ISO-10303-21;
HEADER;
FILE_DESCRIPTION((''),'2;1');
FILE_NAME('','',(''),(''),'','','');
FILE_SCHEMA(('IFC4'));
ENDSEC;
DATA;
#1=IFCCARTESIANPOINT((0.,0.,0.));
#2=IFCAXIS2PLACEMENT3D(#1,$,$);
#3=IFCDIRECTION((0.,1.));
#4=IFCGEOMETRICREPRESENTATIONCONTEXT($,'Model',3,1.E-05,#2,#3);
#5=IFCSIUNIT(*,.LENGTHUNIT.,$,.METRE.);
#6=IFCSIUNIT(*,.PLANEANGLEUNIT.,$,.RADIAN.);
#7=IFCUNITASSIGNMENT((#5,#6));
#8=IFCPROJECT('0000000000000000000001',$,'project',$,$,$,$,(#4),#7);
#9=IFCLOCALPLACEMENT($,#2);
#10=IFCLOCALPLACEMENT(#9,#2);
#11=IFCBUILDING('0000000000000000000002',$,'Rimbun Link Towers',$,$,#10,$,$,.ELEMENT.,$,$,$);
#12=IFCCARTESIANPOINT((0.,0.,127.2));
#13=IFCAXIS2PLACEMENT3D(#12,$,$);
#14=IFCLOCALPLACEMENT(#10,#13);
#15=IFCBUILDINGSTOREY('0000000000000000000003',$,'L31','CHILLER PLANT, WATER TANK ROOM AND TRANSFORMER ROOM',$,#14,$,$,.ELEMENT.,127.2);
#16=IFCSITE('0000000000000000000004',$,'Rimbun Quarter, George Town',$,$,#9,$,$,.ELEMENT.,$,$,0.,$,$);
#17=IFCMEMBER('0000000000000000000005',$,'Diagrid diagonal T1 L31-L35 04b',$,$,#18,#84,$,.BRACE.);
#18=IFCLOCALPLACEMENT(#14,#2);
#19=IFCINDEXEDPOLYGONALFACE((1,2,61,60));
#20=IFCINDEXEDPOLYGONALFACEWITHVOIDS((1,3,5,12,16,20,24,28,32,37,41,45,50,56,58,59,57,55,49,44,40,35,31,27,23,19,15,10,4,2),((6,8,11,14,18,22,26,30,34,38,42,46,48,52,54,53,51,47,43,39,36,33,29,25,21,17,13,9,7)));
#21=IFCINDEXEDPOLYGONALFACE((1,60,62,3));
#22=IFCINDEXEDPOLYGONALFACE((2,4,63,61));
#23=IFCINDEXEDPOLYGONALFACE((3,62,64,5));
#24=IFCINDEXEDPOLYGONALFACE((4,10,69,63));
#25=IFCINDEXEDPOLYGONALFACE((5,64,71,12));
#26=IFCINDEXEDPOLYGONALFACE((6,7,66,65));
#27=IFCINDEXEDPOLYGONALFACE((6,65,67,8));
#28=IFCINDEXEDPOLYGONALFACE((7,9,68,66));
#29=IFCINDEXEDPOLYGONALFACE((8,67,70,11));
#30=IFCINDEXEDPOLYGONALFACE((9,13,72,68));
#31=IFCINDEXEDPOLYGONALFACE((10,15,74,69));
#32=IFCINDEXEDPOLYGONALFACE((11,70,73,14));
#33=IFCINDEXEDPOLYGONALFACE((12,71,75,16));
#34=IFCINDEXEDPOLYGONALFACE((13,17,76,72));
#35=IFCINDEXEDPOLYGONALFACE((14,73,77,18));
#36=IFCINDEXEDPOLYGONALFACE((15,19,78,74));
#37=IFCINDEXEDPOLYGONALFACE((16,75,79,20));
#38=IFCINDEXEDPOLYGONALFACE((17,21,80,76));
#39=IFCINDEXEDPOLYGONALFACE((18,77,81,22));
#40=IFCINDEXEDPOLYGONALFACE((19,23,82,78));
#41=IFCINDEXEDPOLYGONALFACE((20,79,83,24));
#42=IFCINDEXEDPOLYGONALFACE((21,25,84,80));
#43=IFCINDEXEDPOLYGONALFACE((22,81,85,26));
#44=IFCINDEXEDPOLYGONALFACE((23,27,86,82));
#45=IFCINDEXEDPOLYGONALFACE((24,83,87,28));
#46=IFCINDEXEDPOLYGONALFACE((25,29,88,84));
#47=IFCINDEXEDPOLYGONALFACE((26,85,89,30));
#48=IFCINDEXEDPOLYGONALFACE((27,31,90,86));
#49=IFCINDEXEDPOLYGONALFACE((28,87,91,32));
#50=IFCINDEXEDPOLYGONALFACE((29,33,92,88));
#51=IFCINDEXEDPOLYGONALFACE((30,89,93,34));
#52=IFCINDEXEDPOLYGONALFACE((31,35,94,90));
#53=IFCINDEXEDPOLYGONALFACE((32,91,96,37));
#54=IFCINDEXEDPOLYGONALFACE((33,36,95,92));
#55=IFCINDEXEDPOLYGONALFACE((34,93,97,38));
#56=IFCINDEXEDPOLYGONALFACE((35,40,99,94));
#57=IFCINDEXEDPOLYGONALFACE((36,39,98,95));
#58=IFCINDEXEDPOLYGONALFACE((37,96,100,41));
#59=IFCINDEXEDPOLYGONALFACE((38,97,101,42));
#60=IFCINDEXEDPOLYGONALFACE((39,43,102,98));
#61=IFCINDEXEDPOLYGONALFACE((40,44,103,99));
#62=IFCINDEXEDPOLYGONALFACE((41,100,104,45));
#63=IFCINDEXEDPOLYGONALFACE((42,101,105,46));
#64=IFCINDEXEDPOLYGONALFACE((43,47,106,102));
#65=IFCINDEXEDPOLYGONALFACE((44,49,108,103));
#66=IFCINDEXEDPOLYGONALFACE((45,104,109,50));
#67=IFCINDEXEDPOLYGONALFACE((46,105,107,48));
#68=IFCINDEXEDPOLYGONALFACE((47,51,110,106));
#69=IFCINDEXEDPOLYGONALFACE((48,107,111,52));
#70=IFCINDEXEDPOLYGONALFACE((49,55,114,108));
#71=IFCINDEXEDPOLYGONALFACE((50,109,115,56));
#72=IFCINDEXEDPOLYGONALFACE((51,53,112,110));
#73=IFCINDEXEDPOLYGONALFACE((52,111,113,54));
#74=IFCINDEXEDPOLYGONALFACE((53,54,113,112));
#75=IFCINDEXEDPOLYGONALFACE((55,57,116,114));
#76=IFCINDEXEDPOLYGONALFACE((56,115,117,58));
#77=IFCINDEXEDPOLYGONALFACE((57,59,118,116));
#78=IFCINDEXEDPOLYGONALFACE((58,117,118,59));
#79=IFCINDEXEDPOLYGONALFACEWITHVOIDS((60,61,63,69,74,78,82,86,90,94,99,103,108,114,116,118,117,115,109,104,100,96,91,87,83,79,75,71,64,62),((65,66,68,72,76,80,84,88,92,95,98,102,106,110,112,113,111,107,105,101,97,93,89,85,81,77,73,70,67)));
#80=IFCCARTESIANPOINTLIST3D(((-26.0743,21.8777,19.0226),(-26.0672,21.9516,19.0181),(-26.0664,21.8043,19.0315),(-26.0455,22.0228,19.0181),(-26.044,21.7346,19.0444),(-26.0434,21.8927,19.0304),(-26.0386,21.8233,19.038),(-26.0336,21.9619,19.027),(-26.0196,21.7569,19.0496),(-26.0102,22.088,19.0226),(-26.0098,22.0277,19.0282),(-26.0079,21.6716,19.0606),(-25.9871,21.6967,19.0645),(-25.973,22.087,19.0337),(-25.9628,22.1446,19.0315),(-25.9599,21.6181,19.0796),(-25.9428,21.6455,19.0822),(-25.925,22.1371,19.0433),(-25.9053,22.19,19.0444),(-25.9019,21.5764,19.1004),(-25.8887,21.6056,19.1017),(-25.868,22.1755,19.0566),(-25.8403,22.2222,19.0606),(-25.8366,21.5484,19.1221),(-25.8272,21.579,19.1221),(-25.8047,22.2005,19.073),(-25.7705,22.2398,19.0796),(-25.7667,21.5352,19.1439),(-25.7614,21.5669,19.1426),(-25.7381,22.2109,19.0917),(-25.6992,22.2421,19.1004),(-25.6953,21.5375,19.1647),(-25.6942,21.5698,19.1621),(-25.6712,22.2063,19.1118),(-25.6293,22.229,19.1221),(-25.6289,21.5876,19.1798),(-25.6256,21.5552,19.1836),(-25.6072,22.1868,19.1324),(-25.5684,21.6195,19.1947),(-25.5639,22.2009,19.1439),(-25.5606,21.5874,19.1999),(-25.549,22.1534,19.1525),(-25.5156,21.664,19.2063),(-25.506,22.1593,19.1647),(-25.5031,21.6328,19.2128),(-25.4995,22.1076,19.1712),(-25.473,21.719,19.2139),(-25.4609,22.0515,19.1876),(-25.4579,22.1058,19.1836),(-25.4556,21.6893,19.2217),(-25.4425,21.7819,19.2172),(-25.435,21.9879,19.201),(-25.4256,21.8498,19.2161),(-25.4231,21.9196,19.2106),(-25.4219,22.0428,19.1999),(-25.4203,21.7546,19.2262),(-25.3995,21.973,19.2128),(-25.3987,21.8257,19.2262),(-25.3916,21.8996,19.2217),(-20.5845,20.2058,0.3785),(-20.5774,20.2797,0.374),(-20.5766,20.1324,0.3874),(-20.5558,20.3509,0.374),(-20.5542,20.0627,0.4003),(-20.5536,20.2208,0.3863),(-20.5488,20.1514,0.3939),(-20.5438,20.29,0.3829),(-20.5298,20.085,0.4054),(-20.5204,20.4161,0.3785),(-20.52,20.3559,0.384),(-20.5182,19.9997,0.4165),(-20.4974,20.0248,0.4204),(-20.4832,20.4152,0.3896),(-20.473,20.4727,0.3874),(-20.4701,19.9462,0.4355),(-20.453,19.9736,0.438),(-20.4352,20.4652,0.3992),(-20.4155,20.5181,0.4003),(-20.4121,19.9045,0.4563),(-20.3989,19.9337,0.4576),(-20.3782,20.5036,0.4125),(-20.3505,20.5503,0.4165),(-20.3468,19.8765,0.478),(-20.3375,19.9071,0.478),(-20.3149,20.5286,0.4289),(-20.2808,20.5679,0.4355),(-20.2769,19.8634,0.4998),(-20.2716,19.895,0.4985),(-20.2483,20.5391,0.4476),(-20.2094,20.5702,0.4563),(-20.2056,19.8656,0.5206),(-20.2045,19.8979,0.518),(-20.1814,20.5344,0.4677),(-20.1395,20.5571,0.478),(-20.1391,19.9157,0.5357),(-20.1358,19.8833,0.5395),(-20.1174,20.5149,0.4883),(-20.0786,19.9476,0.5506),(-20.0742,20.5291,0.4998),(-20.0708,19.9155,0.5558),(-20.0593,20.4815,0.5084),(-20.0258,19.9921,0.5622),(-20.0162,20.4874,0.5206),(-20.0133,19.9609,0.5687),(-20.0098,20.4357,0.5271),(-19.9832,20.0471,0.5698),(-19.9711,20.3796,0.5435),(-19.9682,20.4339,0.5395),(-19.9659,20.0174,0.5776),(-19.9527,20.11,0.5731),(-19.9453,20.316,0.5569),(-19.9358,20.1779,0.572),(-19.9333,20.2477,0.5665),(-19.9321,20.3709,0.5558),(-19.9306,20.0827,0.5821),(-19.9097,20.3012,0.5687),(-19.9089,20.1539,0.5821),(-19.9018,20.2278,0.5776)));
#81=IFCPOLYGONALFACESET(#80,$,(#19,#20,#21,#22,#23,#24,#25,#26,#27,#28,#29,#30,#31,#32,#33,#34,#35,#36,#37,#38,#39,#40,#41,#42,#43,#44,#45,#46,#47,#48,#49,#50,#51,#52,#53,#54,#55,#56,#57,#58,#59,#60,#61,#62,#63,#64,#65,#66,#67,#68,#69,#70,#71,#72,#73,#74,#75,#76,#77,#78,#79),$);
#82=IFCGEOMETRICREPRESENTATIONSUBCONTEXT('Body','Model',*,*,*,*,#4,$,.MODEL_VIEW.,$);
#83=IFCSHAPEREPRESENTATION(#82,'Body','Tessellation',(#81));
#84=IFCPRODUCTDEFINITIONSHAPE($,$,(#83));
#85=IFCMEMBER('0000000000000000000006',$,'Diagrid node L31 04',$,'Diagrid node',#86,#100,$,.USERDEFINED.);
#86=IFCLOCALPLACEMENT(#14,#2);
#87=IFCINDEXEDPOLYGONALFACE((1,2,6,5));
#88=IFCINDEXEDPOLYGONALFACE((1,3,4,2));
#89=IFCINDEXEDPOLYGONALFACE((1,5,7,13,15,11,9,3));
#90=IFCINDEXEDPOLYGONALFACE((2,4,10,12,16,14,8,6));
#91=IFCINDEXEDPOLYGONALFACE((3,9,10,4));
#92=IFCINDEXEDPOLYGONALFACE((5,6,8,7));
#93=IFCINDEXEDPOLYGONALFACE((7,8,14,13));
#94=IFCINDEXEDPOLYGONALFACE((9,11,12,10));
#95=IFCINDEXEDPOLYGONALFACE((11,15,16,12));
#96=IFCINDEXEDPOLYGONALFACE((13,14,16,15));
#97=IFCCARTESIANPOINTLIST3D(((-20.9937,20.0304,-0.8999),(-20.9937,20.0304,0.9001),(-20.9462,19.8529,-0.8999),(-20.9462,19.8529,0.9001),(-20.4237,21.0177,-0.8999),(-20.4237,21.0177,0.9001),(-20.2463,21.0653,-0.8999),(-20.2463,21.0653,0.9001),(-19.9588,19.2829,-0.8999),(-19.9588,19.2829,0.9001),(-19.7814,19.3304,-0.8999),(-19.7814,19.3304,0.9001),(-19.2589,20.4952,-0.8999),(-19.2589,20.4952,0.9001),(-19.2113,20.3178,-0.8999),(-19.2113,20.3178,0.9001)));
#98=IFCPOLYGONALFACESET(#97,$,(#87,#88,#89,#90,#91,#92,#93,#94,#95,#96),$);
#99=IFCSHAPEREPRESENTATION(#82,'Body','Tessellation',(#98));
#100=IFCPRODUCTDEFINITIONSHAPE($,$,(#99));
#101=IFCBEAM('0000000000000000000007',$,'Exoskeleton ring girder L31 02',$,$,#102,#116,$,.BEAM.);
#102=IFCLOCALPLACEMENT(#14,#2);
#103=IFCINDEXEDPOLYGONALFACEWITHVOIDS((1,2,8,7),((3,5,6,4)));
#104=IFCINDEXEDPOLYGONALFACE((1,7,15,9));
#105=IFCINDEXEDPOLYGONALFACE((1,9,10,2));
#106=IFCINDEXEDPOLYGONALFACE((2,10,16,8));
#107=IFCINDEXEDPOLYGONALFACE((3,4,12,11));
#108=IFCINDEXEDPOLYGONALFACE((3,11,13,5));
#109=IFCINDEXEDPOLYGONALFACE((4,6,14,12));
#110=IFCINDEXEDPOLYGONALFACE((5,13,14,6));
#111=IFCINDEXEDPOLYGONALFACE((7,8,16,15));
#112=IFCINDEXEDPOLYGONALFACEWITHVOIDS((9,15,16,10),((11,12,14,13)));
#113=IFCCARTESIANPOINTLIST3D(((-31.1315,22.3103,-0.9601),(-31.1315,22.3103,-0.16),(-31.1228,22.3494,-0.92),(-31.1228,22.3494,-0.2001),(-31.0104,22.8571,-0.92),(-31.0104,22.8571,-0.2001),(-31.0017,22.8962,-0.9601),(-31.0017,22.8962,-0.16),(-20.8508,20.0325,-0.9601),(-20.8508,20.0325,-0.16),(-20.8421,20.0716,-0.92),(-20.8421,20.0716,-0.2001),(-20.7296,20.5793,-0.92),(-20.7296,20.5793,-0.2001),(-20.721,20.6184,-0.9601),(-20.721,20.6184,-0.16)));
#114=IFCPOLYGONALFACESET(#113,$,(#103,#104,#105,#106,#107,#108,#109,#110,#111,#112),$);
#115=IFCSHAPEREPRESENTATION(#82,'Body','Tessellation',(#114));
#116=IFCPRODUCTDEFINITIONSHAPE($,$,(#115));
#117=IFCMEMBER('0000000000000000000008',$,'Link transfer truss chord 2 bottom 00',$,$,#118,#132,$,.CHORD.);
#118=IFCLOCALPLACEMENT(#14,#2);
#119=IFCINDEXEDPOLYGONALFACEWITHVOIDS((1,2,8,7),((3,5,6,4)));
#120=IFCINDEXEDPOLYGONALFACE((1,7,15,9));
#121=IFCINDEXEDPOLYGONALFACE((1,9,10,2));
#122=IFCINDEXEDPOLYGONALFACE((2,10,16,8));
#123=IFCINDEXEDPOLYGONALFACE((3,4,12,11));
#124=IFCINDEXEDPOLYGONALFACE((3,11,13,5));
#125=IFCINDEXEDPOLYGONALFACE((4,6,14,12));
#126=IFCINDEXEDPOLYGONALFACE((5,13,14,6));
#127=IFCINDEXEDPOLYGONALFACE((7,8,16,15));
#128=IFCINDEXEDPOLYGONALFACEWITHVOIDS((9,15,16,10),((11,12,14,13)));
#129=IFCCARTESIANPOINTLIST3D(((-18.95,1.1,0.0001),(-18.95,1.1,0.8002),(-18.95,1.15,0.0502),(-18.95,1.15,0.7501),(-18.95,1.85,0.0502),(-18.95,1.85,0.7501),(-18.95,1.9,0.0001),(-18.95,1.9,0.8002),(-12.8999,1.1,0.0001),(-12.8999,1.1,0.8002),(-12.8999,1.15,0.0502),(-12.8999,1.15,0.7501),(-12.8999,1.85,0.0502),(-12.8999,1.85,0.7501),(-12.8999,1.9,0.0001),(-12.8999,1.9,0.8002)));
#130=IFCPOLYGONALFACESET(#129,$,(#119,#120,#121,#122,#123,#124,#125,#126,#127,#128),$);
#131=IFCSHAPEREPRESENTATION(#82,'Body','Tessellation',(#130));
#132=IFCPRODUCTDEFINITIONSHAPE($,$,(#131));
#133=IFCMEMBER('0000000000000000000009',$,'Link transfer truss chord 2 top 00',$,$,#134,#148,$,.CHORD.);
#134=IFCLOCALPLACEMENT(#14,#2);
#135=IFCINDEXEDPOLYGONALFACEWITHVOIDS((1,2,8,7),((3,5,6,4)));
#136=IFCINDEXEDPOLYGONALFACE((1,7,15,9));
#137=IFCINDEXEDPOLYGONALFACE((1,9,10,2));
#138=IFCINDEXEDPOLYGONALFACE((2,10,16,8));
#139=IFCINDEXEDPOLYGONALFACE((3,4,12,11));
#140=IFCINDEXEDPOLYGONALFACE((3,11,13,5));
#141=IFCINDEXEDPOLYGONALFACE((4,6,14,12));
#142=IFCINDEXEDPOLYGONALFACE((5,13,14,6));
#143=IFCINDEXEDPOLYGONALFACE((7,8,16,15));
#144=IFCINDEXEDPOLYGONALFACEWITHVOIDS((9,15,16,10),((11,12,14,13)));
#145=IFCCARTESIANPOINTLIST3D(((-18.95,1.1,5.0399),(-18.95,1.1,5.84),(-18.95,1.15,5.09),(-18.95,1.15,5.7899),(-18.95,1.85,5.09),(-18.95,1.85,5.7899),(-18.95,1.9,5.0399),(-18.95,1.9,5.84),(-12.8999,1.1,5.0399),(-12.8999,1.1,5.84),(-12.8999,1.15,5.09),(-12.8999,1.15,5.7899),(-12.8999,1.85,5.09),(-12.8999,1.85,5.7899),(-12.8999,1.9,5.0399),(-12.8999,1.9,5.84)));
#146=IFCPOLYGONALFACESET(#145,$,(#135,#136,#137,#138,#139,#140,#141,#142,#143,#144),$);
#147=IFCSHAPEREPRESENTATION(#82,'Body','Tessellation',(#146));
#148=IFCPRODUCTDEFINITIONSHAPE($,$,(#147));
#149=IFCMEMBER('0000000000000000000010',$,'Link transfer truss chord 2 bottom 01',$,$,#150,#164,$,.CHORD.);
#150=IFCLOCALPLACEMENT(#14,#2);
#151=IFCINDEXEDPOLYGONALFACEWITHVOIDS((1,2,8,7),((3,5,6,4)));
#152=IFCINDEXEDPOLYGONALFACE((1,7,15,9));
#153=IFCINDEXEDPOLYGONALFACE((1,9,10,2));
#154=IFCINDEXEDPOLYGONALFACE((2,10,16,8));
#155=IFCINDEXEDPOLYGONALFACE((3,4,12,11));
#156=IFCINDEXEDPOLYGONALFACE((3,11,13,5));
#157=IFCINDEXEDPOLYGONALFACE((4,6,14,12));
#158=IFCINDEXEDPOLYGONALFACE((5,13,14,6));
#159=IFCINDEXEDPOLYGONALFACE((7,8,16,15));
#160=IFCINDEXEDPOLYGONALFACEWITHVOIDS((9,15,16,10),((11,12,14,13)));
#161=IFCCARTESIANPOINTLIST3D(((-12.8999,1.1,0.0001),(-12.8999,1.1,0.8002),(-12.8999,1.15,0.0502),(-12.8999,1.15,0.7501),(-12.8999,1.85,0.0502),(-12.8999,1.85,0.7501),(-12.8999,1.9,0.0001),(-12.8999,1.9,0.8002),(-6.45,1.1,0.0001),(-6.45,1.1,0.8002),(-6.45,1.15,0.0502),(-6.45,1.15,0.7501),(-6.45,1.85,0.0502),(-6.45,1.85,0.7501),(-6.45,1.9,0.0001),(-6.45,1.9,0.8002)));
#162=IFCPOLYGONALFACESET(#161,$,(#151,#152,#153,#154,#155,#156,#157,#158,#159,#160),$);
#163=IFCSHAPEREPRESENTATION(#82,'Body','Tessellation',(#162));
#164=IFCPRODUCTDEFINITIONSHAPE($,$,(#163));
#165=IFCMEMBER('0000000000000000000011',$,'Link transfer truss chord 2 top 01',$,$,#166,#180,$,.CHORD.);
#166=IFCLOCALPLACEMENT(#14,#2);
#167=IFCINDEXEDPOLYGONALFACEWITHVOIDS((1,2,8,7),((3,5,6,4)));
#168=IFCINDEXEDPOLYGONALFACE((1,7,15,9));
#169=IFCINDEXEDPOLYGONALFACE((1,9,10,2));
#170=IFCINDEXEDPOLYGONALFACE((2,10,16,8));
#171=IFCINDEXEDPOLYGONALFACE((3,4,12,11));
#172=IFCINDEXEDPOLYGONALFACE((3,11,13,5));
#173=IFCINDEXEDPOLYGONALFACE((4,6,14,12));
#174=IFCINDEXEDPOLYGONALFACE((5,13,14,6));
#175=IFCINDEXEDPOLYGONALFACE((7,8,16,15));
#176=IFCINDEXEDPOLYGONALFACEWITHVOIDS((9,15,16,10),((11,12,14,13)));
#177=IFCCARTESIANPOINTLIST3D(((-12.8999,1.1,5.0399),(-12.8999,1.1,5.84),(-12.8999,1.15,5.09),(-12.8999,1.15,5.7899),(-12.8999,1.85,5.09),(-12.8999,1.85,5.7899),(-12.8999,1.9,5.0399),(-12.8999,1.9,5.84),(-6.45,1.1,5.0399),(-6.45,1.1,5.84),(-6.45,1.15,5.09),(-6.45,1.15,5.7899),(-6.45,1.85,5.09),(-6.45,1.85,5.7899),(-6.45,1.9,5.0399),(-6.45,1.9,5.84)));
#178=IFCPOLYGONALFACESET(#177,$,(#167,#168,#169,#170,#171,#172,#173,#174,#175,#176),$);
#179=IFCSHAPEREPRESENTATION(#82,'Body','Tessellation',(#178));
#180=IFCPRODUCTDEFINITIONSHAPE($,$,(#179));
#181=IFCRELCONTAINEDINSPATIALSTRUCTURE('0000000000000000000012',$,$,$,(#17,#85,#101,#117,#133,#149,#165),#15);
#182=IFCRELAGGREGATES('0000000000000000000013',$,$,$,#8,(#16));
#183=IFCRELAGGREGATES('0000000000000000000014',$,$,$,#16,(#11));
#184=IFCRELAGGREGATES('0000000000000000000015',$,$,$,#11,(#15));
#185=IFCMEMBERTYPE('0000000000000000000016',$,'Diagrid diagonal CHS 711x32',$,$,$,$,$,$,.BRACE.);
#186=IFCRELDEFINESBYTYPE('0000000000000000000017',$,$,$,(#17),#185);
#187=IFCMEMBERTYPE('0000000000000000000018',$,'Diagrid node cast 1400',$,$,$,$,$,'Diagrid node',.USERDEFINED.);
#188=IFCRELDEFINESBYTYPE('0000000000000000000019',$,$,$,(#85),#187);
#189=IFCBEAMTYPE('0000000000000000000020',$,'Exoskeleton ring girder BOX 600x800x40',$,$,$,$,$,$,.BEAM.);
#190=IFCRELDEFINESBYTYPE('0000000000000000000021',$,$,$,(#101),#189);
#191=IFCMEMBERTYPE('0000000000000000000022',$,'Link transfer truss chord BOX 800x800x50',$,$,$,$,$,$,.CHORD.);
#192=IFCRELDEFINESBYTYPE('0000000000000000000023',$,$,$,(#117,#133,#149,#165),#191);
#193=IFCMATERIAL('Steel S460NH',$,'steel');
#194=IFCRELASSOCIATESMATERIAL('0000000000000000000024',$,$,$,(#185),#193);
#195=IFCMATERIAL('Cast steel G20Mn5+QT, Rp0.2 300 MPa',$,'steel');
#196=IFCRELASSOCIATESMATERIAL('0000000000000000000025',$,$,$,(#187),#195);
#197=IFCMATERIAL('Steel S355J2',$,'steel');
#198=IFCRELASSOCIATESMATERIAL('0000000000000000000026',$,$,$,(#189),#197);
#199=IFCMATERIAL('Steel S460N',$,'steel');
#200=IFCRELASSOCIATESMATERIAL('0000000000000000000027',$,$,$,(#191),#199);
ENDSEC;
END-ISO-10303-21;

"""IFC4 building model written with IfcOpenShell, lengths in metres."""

from ifc_helpers import new_model, si_unit, direction, frame, origin, origin_2d, place, context, subcontext, project, spatial, polyline, hollow_rectangle, hollow_circle, outline, extrude, material, material_profile, profile_set, type_object, element, save


model = new_model("IFC4")

# Units and contexts
model_context = context("Model", 3, precision=1e-05, world=origin(), true_north=direction((0.0, 1.0)))
body_context = subcontext(model_context, "Body", "Model", "MODEL_VIEW")
ifc_project = project(units=[si_unit("LENGTHUNIT", "METRE"), si_unit("PLANEANGLEUNIT", "RADIAN")], contexts=[model_context])

# Site, building, storey
site_placement = place(None, origin())
site = spatial("IfcSite", under=ifc_project, at=site_placement, Name="Rimbun Quarter, George Town", CompositionType="ELEMENT", RefElevation=0.0)
building_placement = place(site_placement, origin())
building = spatial("IfcBuilding", under=site, at=building_placement, Name="Rimbun Link Towers", CompositionType="ELEMENT")
storey_placement = place(building_placement, frame((0.0, 0.0, 127.2)))
storey = spatial("IfcBuildingStorey", under=building, at=storey_placement, Name="L31", Description="CHILLER PLANT, WATER TANK ROOM AND TRANSFORMER ROOM", CompositionType="ELEMENT", Elevation=127.2)

# Members
ifc_material_1 = material(Name="Steel S460NH", Category="steel")
ifc_material_profile_1 = material_profile(ifc_material_1, hollow_circle(Radius=0.3557, WallThickness=0.032, at=origin_2d()), Name="Diagrid diagonal CHS 711x32")
ifc_profile_set_1 = profile_set([ifc_material_profile_1], Name="Steel S460NH")
member_type_1 = type_object("IfcMemberType", Name="Diagrid diagonal CHS 711x32", PredefinedType="BRACE", material=ifc_profile_set_1)
member_1_placement = place(storey_placement, frame((-20.2432, 20.2168, 0.478), z_axis=(-0.281421, 0.085705, 0.955749), x_axis=(-0.291334, -0.956621, 0.0)))
element("IfcMember", 1, at=member_1_placement, inside=storey, type_object=member_type_1, Name="Diagrid diagonal T1 L31-L35 04b", PredefinedType="BRACE", context=body_context, shape_type="SweptSolid", body=[
    extrude(hollow_circle(Radius=0.3557, WallThickness=0.032, at=origin_2d()), origin(), (0.0, 0.0, 1.0), 19.5073),
])
ifc_material_2 = material(Name="Cast steel G20Mn5+QT, Rp0.2 300 MPa", Category="steel")
ifc_material_profile_2 = material_profile(ifc_material_2, outline(polyline([(0.7, -0.5701), (0.7, 0.5701), (0.5701, 0.7), (-0.5701, 0.7), (-0.7, 0.5701), (-0.7, -0.5701), (-0.5701, -0.7), (0.5701, -0.7), (0.7, -0.5701)])), Name="NODE 1400x1400")
ifc_profile_set_2 = profile_set([ifc_material_profile_2], Name="Cast steel G20Mn5+QT, Rp0.2 300 MPa")
member_type_2 = type_object("IfcMemberType", Name="Diagrid node cast 1400", ElementType="Diagrid node", PredefinedType="USERDEFINED", material=ifc_profile_set_2)
member_2_placement = place(storey_placement, frame((-20.1025, 20.1741, -0.8999), z_axis=(0.0, 0.0, 1.0), x_axis=(0.5, 0.866025, 0.0)))
element("IfcMember", 2, at=member_2_placement, inside=storey, type_object=member_type_2, Name="Diagrid node L31 04", ObjectType="Diagrid node", PredefinedType="USERDEFINED", context=body_context, shape_type="SweptSolid", body=[
    extrude(outline(polyline([(0.7, -0.5701), (0.7, 0.5701), (0.5701, 0.7), (-0.5701, 0.7), (-0.7, 0.5701), (-0.7, -0.5701), (-0.5701, -0.7), (0.5701, -0.7), (0.7, -0.5701)])), origin(), (0.0, 0.0, 1.0), 1.8),
])

# Beam
ifc_material_3 = material(Name="Steel S355J2", Category="steel")
ifc_material_profile_3 = material_profile(ifc_material_3, hollow_rectangle(XDim=0.6001, YDim=0.8, WallThickness=0.04, at=origin_2d()), Name="Exoskeleton ring girder BOX 600x800x40")
ifc_profile_set_3 = profile_set([ifc_material_profile_3], Name="Steel S355J2")
beam_type_1 = type_object("IfcBeamType", Name="Exoskeleton ring girder BOX 600x800x40", PredefinedType="BEAM", material=ifc_profile_set_3)
beam_1_placement = place(storey_placement, frame((-20.7859, 20.3254, -0.5601), z_axis=(-0.976323, 0.216317, 0.0), x_axis=(-0.216317, -0.976323, 0.0)))
element("IfcBeam", 3, at=beam_1_placement, inside=storey, type_object=beam_type_1, Name="Exoskeleton ring girder L31 02", PredefinedType="BEAM", context=body_context, shape_type="SweptSolid", body=[
    extrude(hollow_rectangle(XDim=0.6001, YDim=0.8, WallThickness=0.04, at=origin_2d()), origin(), (0.0, 0.0, 1.0), 10.53),
])

# Members
ifc_material_4 = material(Name="Steel S460N", Category="steel")
ifc_material_profile_4 = material_profile(ifc_material_4, hollow_rectangle(XDim=0.8, YDim=0.8, WallThickness=0.05, at=origin_2d()), Name="Link transfer truss chord BOX 800x800x50")
ifc_profile_set_4 = profile_set([ifc_material_profile_4], Name="Steel S460N")
member_type_3 = type_object("IfcMemberType", Name="Link transfer truss chord BOX 800x800x50", PredefinedType="CHORD", material=ifc_profile_set_4)
for number, where, z_axis, x_axis, name in (
    (4, (-18.95, 1.5, 0.4001), (1.0, 0.0, 0.0), (0.0, 1.0, 0.0), "Link transfer truss chord 2 bottom 00"),
    (5, (-18.95, 1.5, 5.4399), (1.0, 0.0, 0.0), (0.0, 1.0, 0.0), "Link transfer truss chord 2 top 00"),
):
    element("IfcMember", number, at=place(storey_placement, frame(where, z_axis=z_axis, x_axis=x_axis)), inside=storey, type_object=member_type_3, Name=name, PredefinedType="CHORD", context=body_context, shape_type="SweptSolid", body=[
        extrude(hollow_rectangle(XDim=0.8, YDim=0.8, WallThickness=0.05, at=origin_2d()), origin(), (0.0, 0.0, 1.0), 6.05),
    ])
for number, where, z_axis, x_axis, name in (
    (6, (-12.8999, 1.5, 0.4001), (1.0, 0.0, 0.0), (0.0, 1.0, 0.0), "Link transfer truss chord 2 bottom 01"),
    (7, (-12.8999, 1.5, 5.4399), (1.0, 0.0, 0.0), (0.0, 1.0, 0.0), "Link transfer truss chord 2 top 01"),
):
    element("IfcMember", number, at=place(storey_placement, frame(where, z_axis=z_axis, x_axis=x_axis)), inside=storey, type_object=member_type_3, Name=name, PredefinedType="CHORD", context=body_context, shape_type="SweptSolid", body=[
        extrude(hollow_rectangle(XDim=0.8, YDim=0.8, WallThickness=0.05, at=origin_2d()), origin(), (0.0, 0.0, 1.0), 6.45),
    ])

save(model, "model.ifc")
